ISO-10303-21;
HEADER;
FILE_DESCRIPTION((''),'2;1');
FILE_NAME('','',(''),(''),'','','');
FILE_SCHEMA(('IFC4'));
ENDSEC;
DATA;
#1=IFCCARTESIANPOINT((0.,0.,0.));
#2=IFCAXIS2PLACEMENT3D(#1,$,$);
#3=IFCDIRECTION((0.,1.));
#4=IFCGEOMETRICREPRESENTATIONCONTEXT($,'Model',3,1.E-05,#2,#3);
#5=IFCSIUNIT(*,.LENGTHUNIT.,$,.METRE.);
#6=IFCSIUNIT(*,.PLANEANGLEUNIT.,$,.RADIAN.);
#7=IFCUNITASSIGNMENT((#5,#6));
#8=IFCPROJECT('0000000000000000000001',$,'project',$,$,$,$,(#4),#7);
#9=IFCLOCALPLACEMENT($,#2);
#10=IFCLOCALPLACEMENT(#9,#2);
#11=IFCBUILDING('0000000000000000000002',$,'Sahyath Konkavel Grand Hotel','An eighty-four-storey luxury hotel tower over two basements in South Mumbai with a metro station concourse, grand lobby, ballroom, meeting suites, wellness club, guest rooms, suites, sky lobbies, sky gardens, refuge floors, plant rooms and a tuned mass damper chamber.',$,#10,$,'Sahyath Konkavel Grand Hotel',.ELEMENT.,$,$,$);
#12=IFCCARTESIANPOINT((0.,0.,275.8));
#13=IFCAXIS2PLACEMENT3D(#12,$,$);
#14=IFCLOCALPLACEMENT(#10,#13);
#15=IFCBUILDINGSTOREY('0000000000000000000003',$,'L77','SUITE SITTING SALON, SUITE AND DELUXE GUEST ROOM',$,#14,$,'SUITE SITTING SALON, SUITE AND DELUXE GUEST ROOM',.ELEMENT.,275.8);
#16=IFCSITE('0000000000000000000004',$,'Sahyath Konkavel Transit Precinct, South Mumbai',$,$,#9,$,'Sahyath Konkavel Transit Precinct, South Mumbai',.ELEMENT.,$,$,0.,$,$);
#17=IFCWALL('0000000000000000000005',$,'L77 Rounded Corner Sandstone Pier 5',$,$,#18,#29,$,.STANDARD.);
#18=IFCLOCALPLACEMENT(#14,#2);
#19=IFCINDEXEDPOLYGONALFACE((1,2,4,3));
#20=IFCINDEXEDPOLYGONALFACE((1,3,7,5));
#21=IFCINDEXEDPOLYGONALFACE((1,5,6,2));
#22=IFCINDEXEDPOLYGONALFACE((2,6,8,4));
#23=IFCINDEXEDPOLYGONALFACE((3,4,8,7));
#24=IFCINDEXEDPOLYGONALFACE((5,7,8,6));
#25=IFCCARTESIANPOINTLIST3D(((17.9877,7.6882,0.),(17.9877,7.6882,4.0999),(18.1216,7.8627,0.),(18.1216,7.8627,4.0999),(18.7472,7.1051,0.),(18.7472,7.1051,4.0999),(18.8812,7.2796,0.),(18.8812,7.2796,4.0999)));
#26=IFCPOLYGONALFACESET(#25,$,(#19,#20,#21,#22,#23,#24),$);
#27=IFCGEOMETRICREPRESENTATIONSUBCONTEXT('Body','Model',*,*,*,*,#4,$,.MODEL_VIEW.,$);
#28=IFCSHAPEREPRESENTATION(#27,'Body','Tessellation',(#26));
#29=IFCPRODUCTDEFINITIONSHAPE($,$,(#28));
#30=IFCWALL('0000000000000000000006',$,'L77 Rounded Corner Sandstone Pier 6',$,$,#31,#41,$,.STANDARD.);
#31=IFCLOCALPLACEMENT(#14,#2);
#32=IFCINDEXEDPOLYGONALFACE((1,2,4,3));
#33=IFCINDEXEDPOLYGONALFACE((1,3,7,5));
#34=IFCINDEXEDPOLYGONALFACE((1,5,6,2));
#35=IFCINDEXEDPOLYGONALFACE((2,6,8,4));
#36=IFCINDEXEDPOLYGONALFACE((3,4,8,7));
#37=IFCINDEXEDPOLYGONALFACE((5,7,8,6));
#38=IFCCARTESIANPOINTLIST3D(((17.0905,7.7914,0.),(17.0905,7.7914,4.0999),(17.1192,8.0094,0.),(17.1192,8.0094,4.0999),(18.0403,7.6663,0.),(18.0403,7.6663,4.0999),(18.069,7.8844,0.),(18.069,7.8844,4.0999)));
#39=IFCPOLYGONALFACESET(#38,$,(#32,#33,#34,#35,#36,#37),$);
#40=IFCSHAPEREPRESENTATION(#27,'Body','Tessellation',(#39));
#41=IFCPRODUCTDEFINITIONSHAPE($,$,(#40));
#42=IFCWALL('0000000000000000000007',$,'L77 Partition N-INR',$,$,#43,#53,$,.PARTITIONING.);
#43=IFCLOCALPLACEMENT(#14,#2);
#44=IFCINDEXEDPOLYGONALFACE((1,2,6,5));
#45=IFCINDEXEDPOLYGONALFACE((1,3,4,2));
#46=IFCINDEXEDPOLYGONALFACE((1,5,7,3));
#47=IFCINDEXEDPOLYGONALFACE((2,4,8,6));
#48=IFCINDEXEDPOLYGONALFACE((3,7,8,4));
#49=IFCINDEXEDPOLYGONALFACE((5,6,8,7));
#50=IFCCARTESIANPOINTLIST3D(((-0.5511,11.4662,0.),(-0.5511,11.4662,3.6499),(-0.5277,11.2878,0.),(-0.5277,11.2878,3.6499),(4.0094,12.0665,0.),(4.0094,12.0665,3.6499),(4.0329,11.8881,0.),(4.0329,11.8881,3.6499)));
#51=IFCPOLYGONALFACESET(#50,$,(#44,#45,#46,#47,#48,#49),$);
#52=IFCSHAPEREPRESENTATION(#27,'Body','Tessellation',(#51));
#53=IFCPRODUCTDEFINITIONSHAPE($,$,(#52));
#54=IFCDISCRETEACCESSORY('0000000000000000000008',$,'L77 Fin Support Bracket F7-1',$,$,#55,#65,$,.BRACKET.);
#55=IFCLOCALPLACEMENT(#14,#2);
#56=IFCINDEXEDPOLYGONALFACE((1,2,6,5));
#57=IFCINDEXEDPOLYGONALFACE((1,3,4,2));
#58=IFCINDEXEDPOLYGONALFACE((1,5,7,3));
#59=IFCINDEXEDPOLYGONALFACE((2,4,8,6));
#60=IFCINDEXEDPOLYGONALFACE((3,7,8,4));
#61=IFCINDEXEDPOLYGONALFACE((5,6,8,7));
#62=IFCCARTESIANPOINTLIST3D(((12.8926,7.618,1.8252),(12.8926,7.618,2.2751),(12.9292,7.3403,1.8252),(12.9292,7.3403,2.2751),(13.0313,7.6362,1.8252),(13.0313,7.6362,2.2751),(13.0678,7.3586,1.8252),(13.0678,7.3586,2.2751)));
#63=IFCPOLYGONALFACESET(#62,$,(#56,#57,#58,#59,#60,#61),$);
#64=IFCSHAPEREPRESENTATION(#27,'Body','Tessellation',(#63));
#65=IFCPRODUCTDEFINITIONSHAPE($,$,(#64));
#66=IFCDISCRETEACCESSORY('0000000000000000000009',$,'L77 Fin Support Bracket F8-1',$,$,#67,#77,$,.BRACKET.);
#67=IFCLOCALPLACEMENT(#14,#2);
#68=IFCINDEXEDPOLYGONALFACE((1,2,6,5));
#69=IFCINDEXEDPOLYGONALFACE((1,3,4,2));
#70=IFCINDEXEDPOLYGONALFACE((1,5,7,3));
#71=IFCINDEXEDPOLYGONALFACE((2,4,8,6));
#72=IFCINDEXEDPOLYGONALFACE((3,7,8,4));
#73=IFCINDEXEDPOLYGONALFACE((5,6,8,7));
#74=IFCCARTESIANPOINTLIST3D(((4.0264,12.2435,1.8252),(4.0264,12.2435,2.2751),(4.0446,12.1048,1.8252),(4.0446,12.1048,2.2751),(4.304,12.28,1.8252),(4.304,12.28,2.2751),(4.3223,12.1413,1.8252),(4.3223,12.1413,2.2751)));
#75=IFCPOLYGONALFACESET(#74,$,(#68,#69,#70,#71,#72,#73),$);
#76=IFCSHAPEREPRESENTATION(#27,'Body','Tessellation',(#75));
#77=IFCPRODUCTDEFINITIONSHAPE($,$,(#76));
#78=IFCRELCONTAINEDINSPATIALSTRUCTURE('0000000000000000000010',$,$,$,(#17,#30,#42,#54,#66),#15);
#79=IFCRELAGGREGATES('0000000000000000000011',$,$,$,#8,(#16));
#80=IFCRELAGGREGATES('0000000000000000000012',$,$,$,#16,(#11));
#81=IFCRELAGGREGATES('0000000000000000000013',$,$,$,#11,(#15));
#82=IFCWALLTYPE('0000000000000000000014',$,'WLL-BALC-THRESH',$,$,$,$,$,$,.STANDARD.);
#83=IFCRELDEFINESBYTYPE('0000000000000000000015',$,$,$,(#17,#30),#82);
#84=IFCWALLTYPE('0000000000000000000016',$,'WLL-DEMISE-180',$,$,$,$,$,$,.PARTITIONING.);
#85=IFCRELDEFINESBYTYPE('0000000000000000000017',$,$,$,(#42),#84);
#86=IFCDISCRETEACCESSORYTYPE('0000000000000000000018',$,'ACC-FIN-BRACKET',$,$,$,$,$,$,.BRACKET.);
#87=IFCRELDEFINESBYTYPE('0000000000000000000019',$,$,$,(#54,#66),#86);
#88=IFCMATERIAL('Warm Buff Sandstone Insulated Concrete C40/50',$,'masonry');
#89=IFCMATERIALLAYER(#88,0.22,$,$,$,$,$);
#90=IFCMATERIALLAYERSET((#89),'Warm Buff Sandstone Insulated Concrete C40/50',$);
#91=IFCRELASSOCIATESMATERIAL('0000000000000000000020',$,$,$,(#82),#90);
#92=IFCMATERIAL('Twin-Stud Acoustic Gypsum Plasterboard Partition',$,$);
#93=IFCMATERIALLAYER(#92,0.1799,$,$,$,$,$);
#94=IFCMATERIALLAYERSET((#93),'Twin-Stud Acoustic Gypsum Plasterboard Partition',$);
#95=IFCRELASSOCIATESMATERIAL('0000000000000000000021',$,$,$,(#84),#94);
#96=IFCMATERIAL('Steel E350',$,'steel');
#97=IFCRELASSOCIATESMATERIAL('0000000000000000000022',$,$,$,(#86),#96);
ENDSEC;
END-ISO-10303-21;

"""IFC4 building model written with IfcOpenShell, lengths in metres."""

from ifc_helpers import new_model, si_unit, direction, frame, frame_2d, origin, origin_2d, place, context, subcontext, project, spatial, rectangle, extrude, source, transform, mapped, material, layer, layer_set, type_object, element, save


model = new_model("IFC4")

# Units and contexts
model_context = context("Model", 3, precision=1e-05, world=origin(), true_north=direction((0.0, 1.0)))
body_context = subcontext(model_context, "Body", "Model", "MODEL_VIEW")
ifc_project = project(units=[si_unit("LENGTHUNIT", "METRE"), si_unit("PLANEANGLEUNIT", "RADIAN")], contexts=[model_context])

# Site, building, storey
site_placement = place(None, origin())
site = spatial("IfcSite", under=ifc_project, at=site_placement, Name="Sahyath Konkavel Transit Precinct, South Mumbai", LongName="Sahyath Konkavel Transit Precinct, South Mumbai", CompositionType="ELEMENT", RefElevation=0.0)
building_placement = place(site_placement, origin())
building = spatial("IfcBuilding", under=site, at=building_placement, Name="Sahyath Konkavel Grand Hotel", Description="An eighty-four-storey luxury hotel tower over two basements in South Mumbai with a metro station concourse, grand lobby, ballroom, meeting suites, wellness club, guest rooms, suites, sky lobbies, sky gardens, refuge floors, plant rooms and a tuned mass damper chamber.", LongName="Sahyath Konkavel Grand Hotel", CompositionType="ELEMENT")
storey_placement = place(building_placement, frame((0.0, 0.0, 275.8)))
storey = spatial("IfcBuildingStorey", under=building, at=storey_placement, Name="L77", Description="SUITE SITTING SALON, SUITE AND DELUXE GUEST ROOM", LongName="SUITE SITTING SALON, SUITE AND DELUXE GUEST ROOM", CompositionType="ELEMENT", Elevation=275.8)

# Shared definitions
ifc_material_1 = material(Name="Steel E350", Category="steel")

# Walls
ifc_material_2 = material(Name="Warm Buff Sandstone Insulated Concrete C40/50", Category="masonry")
ifc_layer_1 = layer(ifc_material_2, 0.22)
ifc_layer_set_1 = layer_set([ifc_layer_1], Name="Warm Buff Sandstone Insulated Concrete C40/50")
wall_type_1 = type_object("IfcWallType", Name="WLL-BALC-THRESH", PredefinedType="STANDARD", material=ifc_layer_set_1)
wall_1_placement = place(storey_placement, frame((18.8142, 7.1924, 0.0), z_axis=(0.0, 0.0, 1.0), x_axis=(-0.793249, 0.608897, 0.0)))
element("IfcWall", 1, at=wall_1_placement, inside=storey, type_object=wall_type_1, Name="L77 Rounded Corner Sandstone Pier 5", PredefinedType="STANDARD", context=body_context, shape_type="SweptSolid", body=[
    extrude(rectangle(XDim=0.9575, YDim=0.22, at=frame_2d((0.4788, 0.0))), origin(), (0.0, 0.0, 1.0), 4.0999),
])
wall_2_placement = place(storey_placement, frame((18.0547, 7.7754, 0.0), z_axis=(0.0, 0.0, 1.0), x_axis=(-0.991449, 0.130494, 0.0)))
element("IfcWall", 2, at=wall_2_placement, inside=storey, type_object=wall_type_1, Name="L77 Rounded Corner Sandstone Pier 6", PredefinedType="STANDARD", context=body_context, shape_type="SweptSolid", body=[
    extrude(rectangle(XDim=0.958, YDim=0.22, at=frame_2d((0.479, 0.0))), origin(), (0.0, 0.0, 1.0), 4.0999),
])
ifc_material_3 = material(Name="Twin-Stud Acoustic Gypsum Plasterboard Partition")
ifc_layer_2 = layer(ifc_material_3, 0.1799)
ifc_layer_set_2 = layer_set([ifc_layer_2], Name="Twin-Stud Acoustic Gypsum Plasterboard Partition")
wall_type_2 = type_object("IfcWallType", Name="WLL-DEMISE-180", PredefinedType="PARTITIONING", material=ifc_layer_set_2)
wall_3_placement = place(storey_placement, frame((4.021, 11.9773, 0.0), z_axis=(0.0, 0.0, 1.0), x_axis=(-0.991447, -0.130512, 0.0)))
element("IfcWall", 3, at=wall_3_placement, inside=storey, type_object=wall_type_2, Name="L77 Partition N-INR", PredefinedType="PARTITIONING", context=body_context, shape_type="SweptSolid", body=[
    extrude(rectangle(XDim=4.5999, YDim=0.1799, at=frame_2d((2.2998, 0.0))), origin(), (0.0, 0.0, 1.0), 3.6499),
])

# Discrete accessories
discrete_accessory_type = type_object("IfcDiscreteAccessoryType", Name="ACC-FIN-BRACKET", PredefinedType="BRACKET", material=ifc_material_1)
shared_shape_1 = source(origin(), body_context, "Body", "SweptSolid", [
    extrude(rectangle(XDim=0.28, YDim=0.1399, at=origin_2d()), origin(), (0.0, 0.0, 1.0), 0.45),
])
for number, where, z_axis, x_axis, name in (
    (4, (12.9802, 7.4883, 1.8252), (0.0, 0.0, 1.0), (-0.130526, 0.991445, 0.0), "L77 Fin Support Bracket F7-1"),
    (5, (4.1743, 12.1924, 1.8252), (0.0, 0.0, 1.0), (0.991445, 0.130526, 0.0), "L77 Fin Support Bracket F8-1"),
):
    element("IfcDiscreteAccessory", number, at=place(storey_placement, frame(where, z_axis=z_axis, x_axis=x_axis)), inside=storey, type_object=discrete_accessory_type, Name=name, PredefinedType="BRACKET", context=body_context, shape_type="MappedRepresentation", body=[
        mapped(shared_shape_1, transform((0.0, 0.0, 0.0), scale=1.0)),
    ])

save(model, "model.ifc")
